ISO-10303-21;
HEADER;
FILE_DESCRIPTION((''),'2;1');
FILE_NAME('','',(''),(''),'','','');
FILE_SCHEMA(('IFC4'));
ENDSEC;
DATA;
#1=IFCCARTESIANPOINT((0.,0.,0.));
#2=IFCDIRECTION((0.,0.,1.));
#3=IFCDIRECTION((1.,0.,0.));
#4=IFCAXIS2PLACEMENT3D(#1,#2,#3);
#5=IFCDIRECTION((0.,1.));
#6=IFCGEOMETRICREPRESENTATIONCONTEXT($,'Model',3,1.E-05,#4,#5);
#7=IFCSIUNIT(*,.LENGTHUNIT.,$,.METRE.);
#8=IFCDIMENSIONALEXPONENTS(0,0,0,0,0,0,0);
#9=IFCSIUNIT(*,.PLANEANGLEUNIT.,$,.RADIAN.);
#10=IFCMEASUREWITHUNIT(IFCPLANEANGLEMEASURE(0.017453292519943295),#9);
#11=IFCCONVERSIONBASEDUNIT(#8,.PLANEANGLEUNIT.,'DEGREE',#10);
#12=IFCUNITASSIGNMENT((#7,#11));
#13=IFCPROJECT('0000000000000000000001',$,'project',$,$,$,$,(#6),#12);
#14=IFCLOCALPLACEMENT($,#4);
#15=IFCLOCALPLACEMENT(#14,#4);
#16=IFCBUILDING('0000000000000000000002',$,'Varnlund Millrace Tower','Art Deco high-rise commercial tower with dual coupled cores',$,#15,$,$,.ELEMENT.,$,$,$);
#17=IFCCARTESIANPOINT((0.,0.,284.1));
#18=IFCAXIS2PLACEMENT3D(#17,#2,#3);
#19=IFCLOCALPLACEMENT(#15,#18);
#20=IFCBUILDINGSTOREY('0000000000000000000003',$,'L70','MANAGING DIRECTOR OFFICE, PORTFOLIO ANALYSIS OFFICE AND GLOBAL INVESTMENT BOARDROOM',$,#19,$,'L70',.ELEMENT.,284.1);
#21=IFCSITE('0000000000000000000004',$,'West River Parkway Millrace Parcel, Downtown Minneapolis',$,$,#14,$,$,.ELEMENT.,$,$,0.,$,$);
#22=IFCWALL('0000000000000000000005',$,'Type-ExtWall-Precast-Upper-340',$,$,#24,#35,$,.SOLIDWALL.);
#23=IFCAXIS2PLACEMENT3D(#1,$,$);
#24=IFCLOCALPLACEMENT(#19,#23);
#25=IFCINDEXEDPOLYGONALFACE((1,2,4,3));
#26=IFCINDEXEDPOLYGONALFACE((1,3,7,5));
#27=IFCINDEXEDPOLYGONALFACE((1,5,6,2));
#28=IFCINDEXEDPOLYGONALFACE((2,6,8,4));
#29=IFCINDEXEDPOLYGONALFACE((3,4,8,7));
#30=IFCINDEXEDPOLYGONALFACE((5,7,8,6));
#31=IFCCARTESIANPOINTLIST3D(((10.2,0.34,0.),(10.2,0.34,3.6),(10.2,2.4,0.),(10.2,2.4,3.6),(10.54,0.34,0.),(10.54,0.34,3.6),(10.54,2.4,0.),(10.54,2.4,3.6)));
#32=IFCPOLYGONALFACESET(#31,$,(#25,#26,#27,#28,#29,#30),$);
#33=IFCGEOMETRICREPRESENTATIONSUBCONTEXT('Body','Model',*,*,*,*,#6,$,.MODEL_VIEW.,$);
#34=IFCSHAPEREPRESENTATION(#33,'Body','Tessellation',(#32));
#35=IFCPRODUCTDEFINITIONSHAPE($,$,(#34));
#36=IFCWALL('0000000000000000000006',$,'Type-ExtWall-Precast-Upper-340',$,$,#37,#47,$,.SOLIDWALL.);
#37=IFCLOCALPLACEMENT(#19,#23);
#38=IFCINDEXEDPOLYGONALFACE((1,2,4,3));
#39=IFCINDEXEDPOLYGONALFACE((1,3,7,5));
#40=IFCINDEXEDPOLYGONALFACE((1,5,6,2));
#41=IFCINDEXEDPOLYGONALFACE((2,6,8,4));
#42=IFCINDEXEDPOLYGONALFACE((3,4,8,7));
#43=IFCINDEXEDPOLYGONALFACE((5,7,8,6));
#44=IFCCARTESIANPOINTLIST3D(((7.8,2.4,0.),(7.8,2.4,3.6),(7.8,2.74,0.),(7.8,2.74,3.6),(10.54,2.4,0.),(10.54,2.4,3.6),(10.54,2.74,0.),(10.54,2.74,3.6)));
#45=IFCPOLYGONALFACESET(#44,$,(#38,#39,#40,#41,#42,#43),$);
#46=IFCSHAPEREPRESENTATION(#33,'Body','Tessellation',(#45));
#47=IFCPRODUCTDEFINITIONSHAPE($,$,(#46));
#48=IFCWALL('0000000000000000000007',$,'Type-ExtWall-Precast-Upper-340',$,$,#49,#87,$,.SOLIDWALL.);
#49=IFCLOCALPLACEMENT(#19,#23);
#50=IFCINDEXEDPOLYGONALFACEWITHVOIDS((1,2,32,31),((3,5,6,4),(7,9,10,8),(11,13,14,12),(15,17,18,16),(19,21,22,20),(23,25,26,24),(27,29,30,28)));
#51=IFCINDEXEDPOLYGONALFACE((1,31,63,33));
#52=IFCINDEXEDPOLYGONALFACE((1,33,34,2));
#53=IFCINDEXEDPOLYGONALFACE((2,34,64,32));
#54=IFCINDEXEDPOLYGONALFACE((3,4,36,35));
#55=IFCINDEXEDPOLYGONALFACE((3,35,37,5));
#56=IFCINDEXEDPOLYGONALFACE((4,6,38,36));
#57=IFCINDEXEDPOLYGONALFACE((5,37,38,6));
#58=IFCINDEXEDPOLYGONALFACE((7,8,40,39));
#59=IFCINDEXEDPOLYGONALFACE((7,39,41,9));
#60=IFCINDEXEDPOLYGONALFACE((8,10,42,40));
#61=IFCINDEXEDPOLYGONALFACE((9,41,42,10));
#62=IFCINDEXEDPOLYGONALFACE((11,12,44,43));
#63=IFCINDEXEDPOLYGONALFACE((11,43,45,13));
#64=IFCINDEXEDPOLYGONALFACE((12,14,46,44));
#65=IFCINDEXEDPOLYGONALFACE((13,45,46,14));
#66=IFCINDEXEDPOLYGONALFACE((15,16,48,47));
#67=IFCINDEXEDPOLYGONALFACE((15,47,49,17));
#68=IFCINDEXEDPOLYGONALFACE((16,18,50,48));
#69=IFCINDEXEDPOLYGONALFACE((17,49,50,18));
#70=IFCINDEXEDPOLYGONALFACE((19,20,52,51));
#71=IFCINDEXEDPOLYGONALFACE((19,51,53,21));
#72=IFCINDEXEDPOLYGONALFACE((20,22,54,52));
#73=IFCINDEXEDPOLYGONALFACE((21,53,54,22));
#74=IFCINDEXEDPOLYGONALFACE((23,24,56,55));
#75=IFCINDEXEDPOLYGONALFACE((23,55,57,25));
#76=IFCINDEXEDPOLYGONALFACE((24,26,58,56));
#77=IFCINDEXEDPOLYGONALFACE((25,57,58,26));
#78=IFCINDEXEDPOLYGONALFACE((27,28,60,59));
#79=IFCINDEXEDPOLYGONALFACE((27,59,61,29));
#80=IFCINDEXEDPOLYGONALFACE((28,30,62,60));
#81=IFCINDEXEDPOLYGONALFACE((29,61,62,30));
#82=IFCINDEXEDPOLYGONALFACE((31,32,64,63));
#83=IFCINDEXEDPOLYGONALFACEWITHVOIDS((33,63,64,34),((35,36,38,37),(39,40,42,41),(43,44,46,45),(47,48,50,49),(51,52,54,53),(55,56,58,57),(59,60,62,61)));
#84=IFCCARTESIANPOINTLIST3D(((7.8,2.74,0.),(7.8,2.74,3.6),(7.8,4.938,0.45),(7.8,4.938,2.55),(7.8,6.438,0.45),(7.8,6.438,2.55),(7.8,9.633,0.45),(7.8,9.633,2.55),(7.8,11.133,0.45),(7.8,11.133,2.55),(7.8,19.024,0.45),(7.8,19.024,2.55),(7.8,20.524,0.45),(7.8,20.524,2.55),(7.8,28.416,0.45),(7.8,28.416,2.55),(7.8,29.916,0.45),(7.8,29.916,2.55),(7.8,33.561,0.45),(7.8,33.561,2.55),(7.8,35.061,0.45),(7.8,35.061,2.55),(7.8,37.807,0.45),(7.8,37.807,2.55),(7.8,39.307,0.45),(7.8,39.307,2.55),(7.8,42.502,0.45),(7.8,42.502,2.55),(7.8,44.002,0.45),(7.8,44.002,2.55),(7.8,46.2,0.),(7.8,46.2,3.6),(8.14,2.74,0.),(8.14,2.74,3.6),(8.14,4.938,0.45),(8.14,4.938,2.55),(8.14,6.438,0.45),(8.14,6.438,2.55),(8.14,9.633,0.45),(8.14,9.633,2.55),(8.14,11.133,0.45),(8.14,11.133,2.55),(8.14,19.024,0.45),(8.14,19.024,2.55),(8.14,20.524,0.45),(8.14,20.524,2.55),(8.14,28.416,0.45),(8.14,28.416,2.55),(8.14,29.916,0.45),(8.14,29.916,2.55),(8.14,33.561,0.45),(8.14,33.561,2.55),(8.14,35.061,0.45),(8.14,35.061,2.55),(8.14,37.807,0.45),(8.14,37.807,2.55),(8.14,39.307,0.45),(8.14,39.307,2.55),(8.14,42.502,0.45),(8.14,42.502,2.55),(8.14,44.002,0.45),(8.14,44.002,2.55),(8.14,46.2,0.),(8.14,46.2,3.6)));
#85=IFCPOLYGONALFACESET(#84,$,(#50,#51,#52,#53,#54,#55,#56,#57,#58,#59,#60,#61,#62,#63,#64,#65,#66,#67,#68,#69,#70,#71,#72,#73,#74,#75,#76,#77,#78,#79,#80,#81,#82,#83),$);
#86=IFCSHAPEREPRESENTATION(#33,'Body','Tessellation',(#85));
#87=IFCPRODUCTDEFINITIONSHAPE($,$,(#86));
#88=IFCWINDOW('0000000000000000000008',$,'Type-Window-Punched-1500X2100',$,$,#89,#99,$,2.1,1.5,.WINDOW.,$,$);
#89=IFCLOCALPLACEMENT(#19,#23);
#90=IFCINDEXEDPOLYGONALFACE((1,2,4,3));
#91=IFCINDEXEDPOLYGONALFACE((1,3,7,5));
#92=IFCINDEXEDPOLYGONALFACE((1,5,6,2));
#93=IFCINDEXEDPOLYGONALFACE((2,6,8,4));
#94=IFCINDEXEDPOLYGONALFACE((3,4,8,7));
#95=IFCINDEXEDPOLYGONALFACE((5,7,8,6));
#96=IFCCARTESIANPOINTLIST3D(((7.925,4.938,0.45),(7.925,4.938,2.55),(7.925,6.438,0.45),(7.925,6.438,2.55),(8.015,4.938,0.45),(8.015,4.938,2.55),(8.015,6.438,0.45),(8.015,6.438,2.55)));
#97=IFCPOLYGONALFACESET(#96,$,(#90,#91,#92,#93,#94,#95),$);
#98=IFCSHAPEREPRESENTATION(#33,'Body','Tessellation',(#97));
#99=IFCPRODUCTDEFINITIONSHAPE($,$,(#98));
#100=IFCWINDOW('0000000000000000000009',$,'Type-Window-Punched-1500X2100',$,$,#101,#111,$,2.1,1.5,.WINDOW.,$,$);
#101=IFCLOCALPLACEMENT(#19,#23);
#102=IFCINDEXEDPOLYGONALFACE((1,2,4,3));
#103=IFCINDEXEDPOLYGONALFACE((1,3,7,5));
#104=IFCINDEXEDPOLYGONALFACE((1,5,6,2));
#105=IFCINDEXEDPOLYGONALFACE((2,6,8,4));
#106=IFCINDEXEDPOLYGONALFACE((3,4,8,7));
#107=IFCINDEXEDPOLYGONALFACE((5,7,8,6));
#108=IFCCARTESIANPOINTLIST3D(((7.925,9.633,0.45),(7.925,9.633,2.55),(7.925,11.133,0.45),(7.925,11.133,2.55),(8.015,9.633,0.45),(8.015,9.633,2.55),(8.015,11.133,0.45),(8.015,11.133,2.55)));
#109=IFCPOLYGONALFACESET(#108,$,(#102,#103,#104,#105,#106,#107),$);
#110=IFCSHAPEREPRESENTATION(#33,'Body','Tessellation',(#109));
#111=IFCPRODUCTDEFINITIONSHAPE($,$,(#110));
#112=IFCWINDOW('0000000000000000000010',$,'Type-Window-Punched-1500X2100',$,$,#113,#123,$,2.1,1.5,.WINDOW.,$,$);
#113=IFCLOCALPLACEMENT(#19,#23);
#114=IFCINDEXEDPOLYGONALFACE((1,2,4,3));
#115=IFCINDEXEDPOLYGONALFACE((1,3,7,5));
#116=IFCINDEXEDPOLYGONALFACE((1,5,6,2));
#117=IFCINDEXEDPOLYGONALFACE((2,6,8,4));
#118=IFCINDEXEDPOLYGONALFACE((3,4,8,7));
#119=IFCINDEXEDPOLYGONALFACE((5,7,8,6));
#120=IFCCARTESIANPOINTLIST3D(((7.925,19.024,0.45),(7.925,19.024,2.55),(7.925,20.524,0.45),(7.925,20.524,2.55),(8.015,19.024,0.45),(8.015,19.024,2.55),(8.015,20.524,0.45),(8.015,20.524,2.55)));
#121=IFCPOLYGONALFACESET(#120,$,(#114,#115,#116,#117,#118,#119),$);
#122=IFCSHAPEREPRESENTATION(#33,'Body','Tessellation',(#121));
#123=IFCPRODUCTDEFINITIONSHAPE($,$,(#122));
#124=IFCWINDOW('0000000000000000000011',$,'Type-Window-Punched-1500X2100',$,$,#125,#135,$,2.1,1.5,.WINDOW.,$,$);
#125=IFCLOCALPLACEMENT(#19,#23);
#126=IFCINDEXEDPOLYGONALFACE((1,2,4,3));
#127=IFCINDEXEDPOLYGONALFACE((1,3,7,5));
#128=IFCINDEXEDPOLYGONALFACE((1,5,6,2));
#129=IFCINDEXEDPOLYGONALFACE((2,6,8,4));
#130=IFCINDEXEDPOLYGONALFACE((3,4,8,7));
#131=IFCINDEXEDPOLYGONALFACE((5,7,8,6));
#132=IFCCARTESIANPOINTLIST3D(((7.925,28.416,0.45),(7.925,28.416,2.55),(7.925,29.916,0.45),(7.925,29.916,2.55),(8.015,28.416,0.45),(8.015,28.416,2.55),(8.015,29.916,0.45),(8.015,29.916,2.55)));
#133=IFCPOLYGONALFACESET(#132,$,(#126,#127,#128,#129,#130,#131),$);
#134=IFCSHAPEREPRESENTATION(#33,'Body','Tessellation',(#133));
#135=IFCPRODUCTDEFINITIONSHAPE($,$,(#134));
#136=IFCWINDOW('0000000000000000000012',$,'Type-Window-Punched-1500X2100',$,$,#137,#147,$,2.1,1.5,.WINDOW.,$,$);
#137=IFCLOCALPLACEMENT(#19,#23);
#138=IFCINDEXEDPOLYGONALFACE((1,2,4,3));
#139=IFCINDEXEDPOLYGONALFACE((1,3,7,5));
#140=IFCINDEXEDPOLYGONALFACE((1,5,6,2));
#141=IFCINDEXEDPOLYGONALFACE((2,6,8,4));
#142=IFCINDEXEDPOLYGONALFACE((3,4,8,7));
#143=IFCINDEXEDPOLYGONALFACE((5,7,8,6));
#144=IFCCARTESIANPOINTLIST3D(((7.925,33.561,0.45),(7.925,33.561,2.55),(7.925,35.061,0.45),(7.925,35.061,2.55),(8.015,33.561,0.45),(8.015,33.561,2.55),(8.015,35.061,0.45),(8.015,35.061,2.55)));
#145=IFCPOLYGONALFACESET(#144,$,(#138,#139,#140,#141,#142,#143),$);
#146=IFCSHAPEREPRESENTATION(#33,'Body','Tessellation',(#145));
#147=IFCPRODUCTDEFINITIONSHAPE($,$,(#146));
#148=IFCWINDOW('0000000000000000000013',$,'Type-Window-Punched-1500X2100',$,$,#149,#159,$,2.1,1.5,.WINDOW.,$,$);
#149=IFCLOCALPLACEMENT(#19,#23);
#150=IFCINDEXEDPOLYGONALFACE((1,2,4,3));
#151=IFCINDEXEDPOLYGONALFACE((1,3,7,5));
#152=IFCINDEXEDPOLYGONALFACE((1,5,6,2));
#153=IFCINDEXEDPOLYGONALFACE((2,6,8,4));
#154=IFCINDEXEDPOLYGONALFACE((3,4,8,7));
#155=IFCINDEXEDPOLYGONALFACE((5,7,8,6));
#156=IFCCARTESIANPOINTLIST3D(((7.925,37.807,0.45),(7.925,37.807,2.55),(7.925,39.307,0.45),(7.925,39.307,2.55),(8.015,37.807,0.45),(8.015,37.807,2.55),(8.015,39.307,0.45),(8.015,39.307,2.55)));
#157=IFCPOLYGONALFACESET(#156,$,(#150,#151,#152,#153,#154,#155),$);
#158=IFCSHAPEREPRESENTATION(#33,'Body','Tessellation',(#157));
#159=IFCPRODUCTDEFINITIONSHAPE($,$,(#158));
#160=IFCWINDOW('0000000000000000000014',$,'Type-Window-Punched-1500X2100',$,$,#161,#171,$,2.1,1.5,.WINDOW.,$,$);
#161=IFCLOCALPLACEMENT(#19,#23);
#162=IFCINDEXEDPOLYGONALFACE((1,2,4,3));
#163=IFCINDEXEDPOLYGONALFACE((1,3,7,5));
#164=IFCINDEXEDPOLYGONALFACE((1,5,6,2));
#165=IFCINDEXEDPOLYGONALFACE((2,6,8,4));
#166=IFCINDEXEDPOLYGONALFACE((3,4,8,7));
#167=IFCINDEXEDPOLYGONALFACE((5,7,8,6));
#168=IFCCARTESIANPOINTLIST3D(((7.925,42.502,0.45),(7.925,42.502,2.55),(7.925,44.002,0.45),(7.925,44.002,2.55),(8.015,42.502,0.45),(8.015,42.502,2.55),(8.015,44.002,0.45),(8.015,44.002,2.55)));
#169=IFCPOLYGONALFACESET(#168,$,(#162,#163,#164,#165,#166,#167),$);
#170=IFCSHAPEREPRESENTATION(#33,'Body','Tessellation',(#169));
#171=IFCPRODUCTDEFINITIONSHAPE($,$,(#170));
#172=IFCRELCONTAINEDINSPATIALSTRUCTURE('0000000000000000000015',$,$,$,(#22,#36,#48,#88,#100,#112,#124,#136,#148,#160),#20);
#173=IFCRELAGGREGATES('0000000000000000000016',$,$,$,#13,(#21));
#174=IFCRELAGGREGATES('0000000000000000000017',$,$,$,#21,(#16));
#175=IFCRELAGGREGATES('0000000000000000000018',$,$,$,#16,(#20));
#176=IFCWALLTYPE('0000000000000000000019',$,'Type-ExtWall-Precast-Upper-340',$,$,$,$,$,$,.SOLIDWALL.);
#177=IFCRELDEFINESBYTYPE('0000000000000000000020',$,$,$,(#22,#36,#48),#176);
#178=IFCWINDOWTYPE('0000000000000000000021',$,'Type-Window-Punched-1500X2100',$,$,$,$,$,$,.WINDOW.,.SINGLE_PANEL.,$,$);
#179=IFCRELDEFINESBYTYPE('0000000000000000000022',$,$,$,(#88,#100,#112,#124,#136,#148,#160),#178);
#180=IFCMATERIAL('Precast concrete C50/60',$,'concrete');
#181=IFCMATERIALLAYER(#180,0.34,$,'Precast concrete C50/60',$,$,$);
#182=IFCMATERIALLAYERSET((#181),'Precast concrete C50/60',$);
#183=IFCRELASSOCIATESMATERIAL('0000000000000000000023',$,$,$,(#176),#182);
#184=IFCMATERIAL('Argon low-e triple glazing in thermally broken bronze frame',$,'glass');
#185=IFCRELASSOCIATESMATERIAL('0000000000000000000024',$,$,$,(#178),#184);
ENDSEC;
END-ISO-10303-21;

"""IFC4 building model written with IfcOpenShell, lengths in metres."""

from ifc_helpers import new_model, entity, si_unit, converted_unit, direction, frame, origin_with_axes, origin_2d_with_axis, place, context, subcontext, project, spatial, polyline, rectangle, outline, extrude, material, layer, layer_set, type_object, element, fill, save


model = new_model("IFC4")

# Units and contexts
model_context = context("Model", 3, precision=1e-05, world=origin_with_axes(), true_north=direction((0.0, 1.0)))
body_context = subcontext(model_context, "Body", "Model", "MODEL_VIEW")
ifc_project = project(units=[si_unit("LENGTHUNIT", "METRE"), converted_unit("PLANEANGLEUNIT", "DEGREE", entity("IfcPlaneAngleMeasure", 0.017453292519943295), si_unit("PLANEANGLEUNIT", "RADIAN"), dimensions=[0, 0, 0, 0, 0, 0, 0])], contexts=[model_context])

# Site, building, storey
site_placement = place(None, origin_with_axes())
site = spatial("IfcSite", under=ifc_project, at=site_placement, Name="West River Parkway Millrace Parcel, Downtown Minneapolis", CompositionType="ELEMENT", RefElevation=0.0)
building_placement = place(site_placement, origin_with_axes())
building = spatial("IfcBuilding", under=site, at=building_placement, Name="Varnlund Millrace Tower", Description="Art Deco high-rise commercial tower with dual coupled cores", CompositionType="ELEMENT")
storey_placement = place(building_placement, frame((0.0, 0.0, 284.1), z_axis=(0.0, 0.0, 1.0), x_axis=(1.0, 0.0, 0.0)))
storey = spatial("IfcBuildingStorey", under=building, at=storey_placement, Name="L70", Description="MANAGING DIRECTOR OFFICE, PORTFOLIO ANALYSIS OFFICE AND GLOBAL INVESTMENT BOARDROOM", LongName="L70", CompositionType="ELEMENT", Elevation=284.1)

# Walls
ifc_material_1 = material(Name="Precast concrete C50/60", Category="concrete")
ifc_layer_1 = layer(ifc_material_1, 0.34, Name="Precast concrete C50/60")
ifc_layer_set_1 = layer_set([ifc_layer_1], Name="Precast concrete C50/60")
wall_type_1 = type_object("IfcWallType", Name="Type-ExtWall-Precast-Upper-340", PredefinedType="SOLIDWALL", material=ifc_layer_set_1)
wall_1_placement = place(storey_placement, frame((10.37, 0.34, 0.0), z_axis=(0.0, 0.0, 1.0), x_axis=(0.0, 1.0, 0.0)))
element("IfcWall", 1, at=wall_1_placement, inside=storey, type_object=wall_type_1, Name="Type-ExtWall-Precast-Upper-340", PredefinedType="SOLIDWALL", context=body_context, shape_type="SweptSolid", body=[
    extrude(outline(polyline([(0.0, -0.17), (2.06, -0.17), (2.06, 0.17), (0.0, 0.17), (0.0, -0.17)])), origin_with_axes(), (0.0, 0.0, 1.0), 3.6),
])
wall_2_placement = place(storey_placement, frame((10.54, 2.57, 0.0), z_axis=(0.0, 0.0, 1.0), x_axis=(-1.0, 0.0, 0.0)))
element("IfcWall", 2, at=wall_2_placement, inside=storey, type_object=wall_type_1, Name="Type-ExtWall-Precast-Upper-340", PredefinedType="SOLIDWALL", context=body_context, shape_type="SweptSolid", body=[
    extrude(outline(polyline([(0.0, -0.17), (2.74, -0.17), (2.74, 0.17), (0.0, 0.17), (0.0, -0.17)])), origin_with_axes(), (0.0, 0.0, 1.0), 3.6),
])

# Wall, openings, windows
wall_3_placement = place(storey_placement, frame((7.97, 2.74, 0.0), z_axis=(0.0, 0.0, 1.0), x_axis=(0.0, 1.0, 0.0)))
wall_3 = element("IfcWall", 3, at=wall_3_placement, inside=storey, type_object=wall_type_1, Name="Type-ExtWall-Precast-Upper-340", PredefinedType="SOLIDWALL", context=body_context, shape_type="SweptSolid", body=[
    extrude(outline(polyline([(0.0, -0.17), (43.46, -0.17), (43.46, 0.17), (0.0, 0.17), (0.0, -0.17)])), origin_with_axes(), (0.0, 0.0, 1.0), 3.6),
])
opening_1_placement = place(wall_3_placement, frame((2.948, 0.0, 0.45), z_axis=(0.0, 0.0, 1.0), x_axis=(1.0, 0.0, 0.0)))
opening_1 = element("IfcOpeningElement", 4, at=opening_1_placement, cuts=wall_3, PredefinedType="OPENING", context=body_context, shape_type="SweptSolid", body=[
    extrude(rectangle(XDim=1.5, YDim=0.36, at=origin_2d_with_axis()), origin_with_axes(), (0.0, 0.0, 1.0), 2.1),
])
opening_2_placement = place(wall_3_placement, frame((7.643, 0.0, 0.45), z_axis=(0.0, 0.0, 1.0), x_axis=(1.0, 0.0, 0.0)))
opening_2 = element("IfcOpeningElement", 5, at=opening_2_placement, cuts=wall_3, PredefinedType="OPENING", context=body_context, shape_type="SweptSolid", body=[
    extrude(rectangle(XDim=1.5, YDim=0.36, at=origin_2d_with_axis()), origin_with_axes(), (0.0, 0.0, 1.0), 2.1),
])
opening_3_placement = place(wall_3_placement, frame((17.034, 0.0, 0.45), z_axis=(0.0, 0.0, 1.0), x_axis=(1.0, 0.0, 0.0)))
opening_3 = element("IfcOpeningElement", 6, at=opening_3_placement, cuts=wall_3, PredefinedType="OPENING", context=body_context, shape_type="SweptSolid", body=[
    extrude(rectangle(XDim=1.5, YDim=0.36, at=origin_2d_with_axis()), origin_with_axes(), (0.0, 0.0, 1.0), 2.1),
])
opening_4_placement = place(wall_3_placement, frame((26.426, 0.0, 0.45), z_axis=(0.0, 0.0, 1.0), x_axis=(1.0, 0.0, 0.0)))
opening_4 = element("IfcOpeningElement", 7, at=opening_4_placement, cuts=wall_3, PredefinedType="OPENING", context=body_context, shape_type="SweptSolid", body=[
    extrude(rectangle(XDim=1.5, YDim=0.36, at=origin_2d_with_axis()), origin_with_axes(), (0.0, 0.0, 1.0), 2.1),
])
opening_5_placement = place(wall_3_placement, frame((31.571, 0.0, 0.45), z_axis=(0.0, 0.0, 1.0), x_axis=(1.0, 0.0, 0.0)))
opening_5 = element("IfcOpeningElement", 8, at=opening_5_placement, cuts=wall_3, PredefinedType="OPENING", context=body_context, shape_type="SweptSolid", body=[
    extrude(rectangle(XDim=1.5, YDim=0.36, at=origin_2d_with_axis()), origin_with_axes(), (0.0, 0.0, 1.0), 2.1),
])
opening_6_placement = place(wall_3_placement, frame((35.817, 0.0, 0.45), z_axis=(0.0, 0.0, 1.0), x_axis=(1.0, 0.0, 0.0)))
opening_6 = element("IfcOpeningElement", 9, at=opening_6_placement, cuts=wall_3, PredefinedType="OPENING", context=body_context, shape_type="SweptSolid", body=[
    extrude(rectangle(XDim=1.5, YDim=0.36, at=origin_2d_with_axis()), origin_with_axes(), (0.0, 0.0, 1.0), 2.1),
])
opening_7_placement = place(wall_3_placement, frame((40.512, 0.0, 0.45), z_axis=(0.0, 0.0, 1.0), x_axis=(1.0, 0.0, 0.0)))
opening_7 = element("IfcOpeningElement", 10, at=opening_7_placement, cuts=wall_3, PredefinedType="OPENING", context=body_context, shape_type="SweptSolid", body=[
    extrude(rectangle(XDim=1.5, YDim=0.36, at=origin_2d_with_axis()), origin_with_axes(), (0.0, 0.0, 1.0), 2.1),
])
ifc_material_2 = material(Name="Argon low-e triple glazing in thermally broken bronze frame", Category="glass")
window_type = type_object("IfcWindowType", Name="Type-Window-Punched-1500X2100", PartitioningType="SINGLE_PANEL", PredefinedType="WINDOW", material=ifc_material_2)
window_1_placement = place(wall_3_placement, frame((2.948, 0.0, 0.45), z_axis=(0.0, 0.0, 1.0), x_axis=(1.0, 0.0, 0.0)))
window_1 = element("IfcWindow", 11, at=window_1_placement, inside=storey, type_object=window_type, Name="Type-Window-Punched-1500X2100", OverallHeight=2.1, OverallWidth=1.5, PredefinedType="WINDOW", context=body_context, shape_type="SweptSolid", body=[
    extrude(rectangle(XDim=1.5, YDim=0.09, at=origin_2d_with_axis()), origin_with_axes(), (0.0, 0.0, 1.0), 2.1),
])
fill(opening_1, window_1)
window_2_placement = place(wall_3_placement, frame((7.643, 0.0, 0.45), z_axis=(0.0, 0.0, 1.0), x_axis=(1.0, 0.0, 0.0)))
window_2 = element("IfcWindow", 12, at=window_2_placement, inside=storey, type_object=window_type, Name="Type-Window-Punched-1500X2100", OverallHeight=2.1, OverallWidth=1.5, PredefinedType="WINDOW", context=body_context, shape_type="SweptSolid", body=[
    extrude(rectangle(XDim=1.5, YDim=0.09, at=origin_2d_with_axis()), origin_with_axes(), (0.0, 0.0, 1.0), 2.1),
])
fill(opening_2, window_2)
window_3_placement = place(wall_3_placement, frame((17.034, 0.0, 0.45), z_axis=(0.0, 0.0, 1.0), x_axis=(1.0, 0.0, 0.0)))
window_3 = element("IfcWindow", 13, at=window_3_placement, inside=storey, type_object=window_type, Name="Type-Window-Punched-1500X2100", OverallHeight=2.1, OverallWidth=1.5, PredefinedType="WINDOW", context=body_context, shape_type="SweptSolid", body=[
    extrude(rectangle(XDim=1.5, YDim=0.09, at=origin_2d_with_axis()), origin_with_axes(), (0.0, 0.0, 1.0), 2.1),
])
fill(opening_3, window_3)
window_4_placement = place(wall_3_placement, frame((26.426, 0.0, 0.45), z_axis=(0.0, 0.0, 1.0), x_axis=(1.0, 0.0, 0.0)))
window_4 = element("IfcWindow", 14, at=window_4_placement, inside=storey, type_object=window_type, Name="Type-Window-Punched-1500X2100", OverallHeight=2.1, OverallWidth=1.5, PredefinedType="WINDOW", context=body_context, shape_type="SweptSolid", body=[
    extrude(rectangle(XDim=1.5, YDim=0.09, at=origin_2d_with_axis()), origin_with_axes(), (0.0, 0.0, 1.0), 2.1),
])
fill(opening_4, window_4)
window_5_placement = place(wall_3_placement, frame((31.571, 0.0, 0.45), z_axis=(0.0, 0.0, 1.0), x_axis=(1.0, 0.0, 0.0)))
window_5 = element("IfcWindow", 15, at=window_5_placement, inside=storey, type_object=window_type, Name="Type-Window-Punched-1500X2100", OverallHeight=2.1, OverallWidth=1.5, PredefinedType="WINDOW", context=body_context, shape_type="SweptSolid", body=[
    extrude(rectangle(XDim=1.5, YDim=0.09, at=origin_2d_with_axis()), origin_with_axes(), (0.0, 0.0, 1.0), 2.1),
])
fill(opening_5, window_5)
window_6_placement = place(wall_3_placement, frame((35.817, 0.0, 0.45), z_axis=(0.0, 0.0, 1.0), x_axis=(1.0, 0.0, 0.0)))
window_6 = element("IfcWindow", 16, at=window_6_placement, inside=storey, type_object=window_type, Name="Type-Window-Punched-1500X2100", OverallHeight=2.1, OverallWidth=1.5, PredefinedType="WINDOW", context=body_context, shape_type="SweptSolid", body=[
    extrude(rectangle(XDim=1.5, YDim=0.09, at=origin_2d_with_axis()), origin_with_axes(), (0.0, 0.0, 1.0), 2.1),
])
fill(opening_6, window_6)
window_7_placement = place(wall_3_placement, frame((40.512, 0.0, 0.45), z_axis=(0.0, 0.0, 1.0), x_axis=(1.0, 0.0, 0.0)))
window_7 = element("IfcWindow", 17, at=window_7_placement, inside=storey, type_object=window_type, Name="Type-Window-Punched-1500X2100", OverallHeight=2.1, OverallWidth=1.5, PredefinedType="WINDOW", context=body_context, shape_type="SweptSolid", body=[
    extrude(rectangle(XDim=1.5, YDim=0.09, at=origin_2d_with_axis()), origin_with_axes(), (0.0, 0.0, 1.0), 2.1),
])
fill(opening_7, window_7)

save(model, "model.ifc")
